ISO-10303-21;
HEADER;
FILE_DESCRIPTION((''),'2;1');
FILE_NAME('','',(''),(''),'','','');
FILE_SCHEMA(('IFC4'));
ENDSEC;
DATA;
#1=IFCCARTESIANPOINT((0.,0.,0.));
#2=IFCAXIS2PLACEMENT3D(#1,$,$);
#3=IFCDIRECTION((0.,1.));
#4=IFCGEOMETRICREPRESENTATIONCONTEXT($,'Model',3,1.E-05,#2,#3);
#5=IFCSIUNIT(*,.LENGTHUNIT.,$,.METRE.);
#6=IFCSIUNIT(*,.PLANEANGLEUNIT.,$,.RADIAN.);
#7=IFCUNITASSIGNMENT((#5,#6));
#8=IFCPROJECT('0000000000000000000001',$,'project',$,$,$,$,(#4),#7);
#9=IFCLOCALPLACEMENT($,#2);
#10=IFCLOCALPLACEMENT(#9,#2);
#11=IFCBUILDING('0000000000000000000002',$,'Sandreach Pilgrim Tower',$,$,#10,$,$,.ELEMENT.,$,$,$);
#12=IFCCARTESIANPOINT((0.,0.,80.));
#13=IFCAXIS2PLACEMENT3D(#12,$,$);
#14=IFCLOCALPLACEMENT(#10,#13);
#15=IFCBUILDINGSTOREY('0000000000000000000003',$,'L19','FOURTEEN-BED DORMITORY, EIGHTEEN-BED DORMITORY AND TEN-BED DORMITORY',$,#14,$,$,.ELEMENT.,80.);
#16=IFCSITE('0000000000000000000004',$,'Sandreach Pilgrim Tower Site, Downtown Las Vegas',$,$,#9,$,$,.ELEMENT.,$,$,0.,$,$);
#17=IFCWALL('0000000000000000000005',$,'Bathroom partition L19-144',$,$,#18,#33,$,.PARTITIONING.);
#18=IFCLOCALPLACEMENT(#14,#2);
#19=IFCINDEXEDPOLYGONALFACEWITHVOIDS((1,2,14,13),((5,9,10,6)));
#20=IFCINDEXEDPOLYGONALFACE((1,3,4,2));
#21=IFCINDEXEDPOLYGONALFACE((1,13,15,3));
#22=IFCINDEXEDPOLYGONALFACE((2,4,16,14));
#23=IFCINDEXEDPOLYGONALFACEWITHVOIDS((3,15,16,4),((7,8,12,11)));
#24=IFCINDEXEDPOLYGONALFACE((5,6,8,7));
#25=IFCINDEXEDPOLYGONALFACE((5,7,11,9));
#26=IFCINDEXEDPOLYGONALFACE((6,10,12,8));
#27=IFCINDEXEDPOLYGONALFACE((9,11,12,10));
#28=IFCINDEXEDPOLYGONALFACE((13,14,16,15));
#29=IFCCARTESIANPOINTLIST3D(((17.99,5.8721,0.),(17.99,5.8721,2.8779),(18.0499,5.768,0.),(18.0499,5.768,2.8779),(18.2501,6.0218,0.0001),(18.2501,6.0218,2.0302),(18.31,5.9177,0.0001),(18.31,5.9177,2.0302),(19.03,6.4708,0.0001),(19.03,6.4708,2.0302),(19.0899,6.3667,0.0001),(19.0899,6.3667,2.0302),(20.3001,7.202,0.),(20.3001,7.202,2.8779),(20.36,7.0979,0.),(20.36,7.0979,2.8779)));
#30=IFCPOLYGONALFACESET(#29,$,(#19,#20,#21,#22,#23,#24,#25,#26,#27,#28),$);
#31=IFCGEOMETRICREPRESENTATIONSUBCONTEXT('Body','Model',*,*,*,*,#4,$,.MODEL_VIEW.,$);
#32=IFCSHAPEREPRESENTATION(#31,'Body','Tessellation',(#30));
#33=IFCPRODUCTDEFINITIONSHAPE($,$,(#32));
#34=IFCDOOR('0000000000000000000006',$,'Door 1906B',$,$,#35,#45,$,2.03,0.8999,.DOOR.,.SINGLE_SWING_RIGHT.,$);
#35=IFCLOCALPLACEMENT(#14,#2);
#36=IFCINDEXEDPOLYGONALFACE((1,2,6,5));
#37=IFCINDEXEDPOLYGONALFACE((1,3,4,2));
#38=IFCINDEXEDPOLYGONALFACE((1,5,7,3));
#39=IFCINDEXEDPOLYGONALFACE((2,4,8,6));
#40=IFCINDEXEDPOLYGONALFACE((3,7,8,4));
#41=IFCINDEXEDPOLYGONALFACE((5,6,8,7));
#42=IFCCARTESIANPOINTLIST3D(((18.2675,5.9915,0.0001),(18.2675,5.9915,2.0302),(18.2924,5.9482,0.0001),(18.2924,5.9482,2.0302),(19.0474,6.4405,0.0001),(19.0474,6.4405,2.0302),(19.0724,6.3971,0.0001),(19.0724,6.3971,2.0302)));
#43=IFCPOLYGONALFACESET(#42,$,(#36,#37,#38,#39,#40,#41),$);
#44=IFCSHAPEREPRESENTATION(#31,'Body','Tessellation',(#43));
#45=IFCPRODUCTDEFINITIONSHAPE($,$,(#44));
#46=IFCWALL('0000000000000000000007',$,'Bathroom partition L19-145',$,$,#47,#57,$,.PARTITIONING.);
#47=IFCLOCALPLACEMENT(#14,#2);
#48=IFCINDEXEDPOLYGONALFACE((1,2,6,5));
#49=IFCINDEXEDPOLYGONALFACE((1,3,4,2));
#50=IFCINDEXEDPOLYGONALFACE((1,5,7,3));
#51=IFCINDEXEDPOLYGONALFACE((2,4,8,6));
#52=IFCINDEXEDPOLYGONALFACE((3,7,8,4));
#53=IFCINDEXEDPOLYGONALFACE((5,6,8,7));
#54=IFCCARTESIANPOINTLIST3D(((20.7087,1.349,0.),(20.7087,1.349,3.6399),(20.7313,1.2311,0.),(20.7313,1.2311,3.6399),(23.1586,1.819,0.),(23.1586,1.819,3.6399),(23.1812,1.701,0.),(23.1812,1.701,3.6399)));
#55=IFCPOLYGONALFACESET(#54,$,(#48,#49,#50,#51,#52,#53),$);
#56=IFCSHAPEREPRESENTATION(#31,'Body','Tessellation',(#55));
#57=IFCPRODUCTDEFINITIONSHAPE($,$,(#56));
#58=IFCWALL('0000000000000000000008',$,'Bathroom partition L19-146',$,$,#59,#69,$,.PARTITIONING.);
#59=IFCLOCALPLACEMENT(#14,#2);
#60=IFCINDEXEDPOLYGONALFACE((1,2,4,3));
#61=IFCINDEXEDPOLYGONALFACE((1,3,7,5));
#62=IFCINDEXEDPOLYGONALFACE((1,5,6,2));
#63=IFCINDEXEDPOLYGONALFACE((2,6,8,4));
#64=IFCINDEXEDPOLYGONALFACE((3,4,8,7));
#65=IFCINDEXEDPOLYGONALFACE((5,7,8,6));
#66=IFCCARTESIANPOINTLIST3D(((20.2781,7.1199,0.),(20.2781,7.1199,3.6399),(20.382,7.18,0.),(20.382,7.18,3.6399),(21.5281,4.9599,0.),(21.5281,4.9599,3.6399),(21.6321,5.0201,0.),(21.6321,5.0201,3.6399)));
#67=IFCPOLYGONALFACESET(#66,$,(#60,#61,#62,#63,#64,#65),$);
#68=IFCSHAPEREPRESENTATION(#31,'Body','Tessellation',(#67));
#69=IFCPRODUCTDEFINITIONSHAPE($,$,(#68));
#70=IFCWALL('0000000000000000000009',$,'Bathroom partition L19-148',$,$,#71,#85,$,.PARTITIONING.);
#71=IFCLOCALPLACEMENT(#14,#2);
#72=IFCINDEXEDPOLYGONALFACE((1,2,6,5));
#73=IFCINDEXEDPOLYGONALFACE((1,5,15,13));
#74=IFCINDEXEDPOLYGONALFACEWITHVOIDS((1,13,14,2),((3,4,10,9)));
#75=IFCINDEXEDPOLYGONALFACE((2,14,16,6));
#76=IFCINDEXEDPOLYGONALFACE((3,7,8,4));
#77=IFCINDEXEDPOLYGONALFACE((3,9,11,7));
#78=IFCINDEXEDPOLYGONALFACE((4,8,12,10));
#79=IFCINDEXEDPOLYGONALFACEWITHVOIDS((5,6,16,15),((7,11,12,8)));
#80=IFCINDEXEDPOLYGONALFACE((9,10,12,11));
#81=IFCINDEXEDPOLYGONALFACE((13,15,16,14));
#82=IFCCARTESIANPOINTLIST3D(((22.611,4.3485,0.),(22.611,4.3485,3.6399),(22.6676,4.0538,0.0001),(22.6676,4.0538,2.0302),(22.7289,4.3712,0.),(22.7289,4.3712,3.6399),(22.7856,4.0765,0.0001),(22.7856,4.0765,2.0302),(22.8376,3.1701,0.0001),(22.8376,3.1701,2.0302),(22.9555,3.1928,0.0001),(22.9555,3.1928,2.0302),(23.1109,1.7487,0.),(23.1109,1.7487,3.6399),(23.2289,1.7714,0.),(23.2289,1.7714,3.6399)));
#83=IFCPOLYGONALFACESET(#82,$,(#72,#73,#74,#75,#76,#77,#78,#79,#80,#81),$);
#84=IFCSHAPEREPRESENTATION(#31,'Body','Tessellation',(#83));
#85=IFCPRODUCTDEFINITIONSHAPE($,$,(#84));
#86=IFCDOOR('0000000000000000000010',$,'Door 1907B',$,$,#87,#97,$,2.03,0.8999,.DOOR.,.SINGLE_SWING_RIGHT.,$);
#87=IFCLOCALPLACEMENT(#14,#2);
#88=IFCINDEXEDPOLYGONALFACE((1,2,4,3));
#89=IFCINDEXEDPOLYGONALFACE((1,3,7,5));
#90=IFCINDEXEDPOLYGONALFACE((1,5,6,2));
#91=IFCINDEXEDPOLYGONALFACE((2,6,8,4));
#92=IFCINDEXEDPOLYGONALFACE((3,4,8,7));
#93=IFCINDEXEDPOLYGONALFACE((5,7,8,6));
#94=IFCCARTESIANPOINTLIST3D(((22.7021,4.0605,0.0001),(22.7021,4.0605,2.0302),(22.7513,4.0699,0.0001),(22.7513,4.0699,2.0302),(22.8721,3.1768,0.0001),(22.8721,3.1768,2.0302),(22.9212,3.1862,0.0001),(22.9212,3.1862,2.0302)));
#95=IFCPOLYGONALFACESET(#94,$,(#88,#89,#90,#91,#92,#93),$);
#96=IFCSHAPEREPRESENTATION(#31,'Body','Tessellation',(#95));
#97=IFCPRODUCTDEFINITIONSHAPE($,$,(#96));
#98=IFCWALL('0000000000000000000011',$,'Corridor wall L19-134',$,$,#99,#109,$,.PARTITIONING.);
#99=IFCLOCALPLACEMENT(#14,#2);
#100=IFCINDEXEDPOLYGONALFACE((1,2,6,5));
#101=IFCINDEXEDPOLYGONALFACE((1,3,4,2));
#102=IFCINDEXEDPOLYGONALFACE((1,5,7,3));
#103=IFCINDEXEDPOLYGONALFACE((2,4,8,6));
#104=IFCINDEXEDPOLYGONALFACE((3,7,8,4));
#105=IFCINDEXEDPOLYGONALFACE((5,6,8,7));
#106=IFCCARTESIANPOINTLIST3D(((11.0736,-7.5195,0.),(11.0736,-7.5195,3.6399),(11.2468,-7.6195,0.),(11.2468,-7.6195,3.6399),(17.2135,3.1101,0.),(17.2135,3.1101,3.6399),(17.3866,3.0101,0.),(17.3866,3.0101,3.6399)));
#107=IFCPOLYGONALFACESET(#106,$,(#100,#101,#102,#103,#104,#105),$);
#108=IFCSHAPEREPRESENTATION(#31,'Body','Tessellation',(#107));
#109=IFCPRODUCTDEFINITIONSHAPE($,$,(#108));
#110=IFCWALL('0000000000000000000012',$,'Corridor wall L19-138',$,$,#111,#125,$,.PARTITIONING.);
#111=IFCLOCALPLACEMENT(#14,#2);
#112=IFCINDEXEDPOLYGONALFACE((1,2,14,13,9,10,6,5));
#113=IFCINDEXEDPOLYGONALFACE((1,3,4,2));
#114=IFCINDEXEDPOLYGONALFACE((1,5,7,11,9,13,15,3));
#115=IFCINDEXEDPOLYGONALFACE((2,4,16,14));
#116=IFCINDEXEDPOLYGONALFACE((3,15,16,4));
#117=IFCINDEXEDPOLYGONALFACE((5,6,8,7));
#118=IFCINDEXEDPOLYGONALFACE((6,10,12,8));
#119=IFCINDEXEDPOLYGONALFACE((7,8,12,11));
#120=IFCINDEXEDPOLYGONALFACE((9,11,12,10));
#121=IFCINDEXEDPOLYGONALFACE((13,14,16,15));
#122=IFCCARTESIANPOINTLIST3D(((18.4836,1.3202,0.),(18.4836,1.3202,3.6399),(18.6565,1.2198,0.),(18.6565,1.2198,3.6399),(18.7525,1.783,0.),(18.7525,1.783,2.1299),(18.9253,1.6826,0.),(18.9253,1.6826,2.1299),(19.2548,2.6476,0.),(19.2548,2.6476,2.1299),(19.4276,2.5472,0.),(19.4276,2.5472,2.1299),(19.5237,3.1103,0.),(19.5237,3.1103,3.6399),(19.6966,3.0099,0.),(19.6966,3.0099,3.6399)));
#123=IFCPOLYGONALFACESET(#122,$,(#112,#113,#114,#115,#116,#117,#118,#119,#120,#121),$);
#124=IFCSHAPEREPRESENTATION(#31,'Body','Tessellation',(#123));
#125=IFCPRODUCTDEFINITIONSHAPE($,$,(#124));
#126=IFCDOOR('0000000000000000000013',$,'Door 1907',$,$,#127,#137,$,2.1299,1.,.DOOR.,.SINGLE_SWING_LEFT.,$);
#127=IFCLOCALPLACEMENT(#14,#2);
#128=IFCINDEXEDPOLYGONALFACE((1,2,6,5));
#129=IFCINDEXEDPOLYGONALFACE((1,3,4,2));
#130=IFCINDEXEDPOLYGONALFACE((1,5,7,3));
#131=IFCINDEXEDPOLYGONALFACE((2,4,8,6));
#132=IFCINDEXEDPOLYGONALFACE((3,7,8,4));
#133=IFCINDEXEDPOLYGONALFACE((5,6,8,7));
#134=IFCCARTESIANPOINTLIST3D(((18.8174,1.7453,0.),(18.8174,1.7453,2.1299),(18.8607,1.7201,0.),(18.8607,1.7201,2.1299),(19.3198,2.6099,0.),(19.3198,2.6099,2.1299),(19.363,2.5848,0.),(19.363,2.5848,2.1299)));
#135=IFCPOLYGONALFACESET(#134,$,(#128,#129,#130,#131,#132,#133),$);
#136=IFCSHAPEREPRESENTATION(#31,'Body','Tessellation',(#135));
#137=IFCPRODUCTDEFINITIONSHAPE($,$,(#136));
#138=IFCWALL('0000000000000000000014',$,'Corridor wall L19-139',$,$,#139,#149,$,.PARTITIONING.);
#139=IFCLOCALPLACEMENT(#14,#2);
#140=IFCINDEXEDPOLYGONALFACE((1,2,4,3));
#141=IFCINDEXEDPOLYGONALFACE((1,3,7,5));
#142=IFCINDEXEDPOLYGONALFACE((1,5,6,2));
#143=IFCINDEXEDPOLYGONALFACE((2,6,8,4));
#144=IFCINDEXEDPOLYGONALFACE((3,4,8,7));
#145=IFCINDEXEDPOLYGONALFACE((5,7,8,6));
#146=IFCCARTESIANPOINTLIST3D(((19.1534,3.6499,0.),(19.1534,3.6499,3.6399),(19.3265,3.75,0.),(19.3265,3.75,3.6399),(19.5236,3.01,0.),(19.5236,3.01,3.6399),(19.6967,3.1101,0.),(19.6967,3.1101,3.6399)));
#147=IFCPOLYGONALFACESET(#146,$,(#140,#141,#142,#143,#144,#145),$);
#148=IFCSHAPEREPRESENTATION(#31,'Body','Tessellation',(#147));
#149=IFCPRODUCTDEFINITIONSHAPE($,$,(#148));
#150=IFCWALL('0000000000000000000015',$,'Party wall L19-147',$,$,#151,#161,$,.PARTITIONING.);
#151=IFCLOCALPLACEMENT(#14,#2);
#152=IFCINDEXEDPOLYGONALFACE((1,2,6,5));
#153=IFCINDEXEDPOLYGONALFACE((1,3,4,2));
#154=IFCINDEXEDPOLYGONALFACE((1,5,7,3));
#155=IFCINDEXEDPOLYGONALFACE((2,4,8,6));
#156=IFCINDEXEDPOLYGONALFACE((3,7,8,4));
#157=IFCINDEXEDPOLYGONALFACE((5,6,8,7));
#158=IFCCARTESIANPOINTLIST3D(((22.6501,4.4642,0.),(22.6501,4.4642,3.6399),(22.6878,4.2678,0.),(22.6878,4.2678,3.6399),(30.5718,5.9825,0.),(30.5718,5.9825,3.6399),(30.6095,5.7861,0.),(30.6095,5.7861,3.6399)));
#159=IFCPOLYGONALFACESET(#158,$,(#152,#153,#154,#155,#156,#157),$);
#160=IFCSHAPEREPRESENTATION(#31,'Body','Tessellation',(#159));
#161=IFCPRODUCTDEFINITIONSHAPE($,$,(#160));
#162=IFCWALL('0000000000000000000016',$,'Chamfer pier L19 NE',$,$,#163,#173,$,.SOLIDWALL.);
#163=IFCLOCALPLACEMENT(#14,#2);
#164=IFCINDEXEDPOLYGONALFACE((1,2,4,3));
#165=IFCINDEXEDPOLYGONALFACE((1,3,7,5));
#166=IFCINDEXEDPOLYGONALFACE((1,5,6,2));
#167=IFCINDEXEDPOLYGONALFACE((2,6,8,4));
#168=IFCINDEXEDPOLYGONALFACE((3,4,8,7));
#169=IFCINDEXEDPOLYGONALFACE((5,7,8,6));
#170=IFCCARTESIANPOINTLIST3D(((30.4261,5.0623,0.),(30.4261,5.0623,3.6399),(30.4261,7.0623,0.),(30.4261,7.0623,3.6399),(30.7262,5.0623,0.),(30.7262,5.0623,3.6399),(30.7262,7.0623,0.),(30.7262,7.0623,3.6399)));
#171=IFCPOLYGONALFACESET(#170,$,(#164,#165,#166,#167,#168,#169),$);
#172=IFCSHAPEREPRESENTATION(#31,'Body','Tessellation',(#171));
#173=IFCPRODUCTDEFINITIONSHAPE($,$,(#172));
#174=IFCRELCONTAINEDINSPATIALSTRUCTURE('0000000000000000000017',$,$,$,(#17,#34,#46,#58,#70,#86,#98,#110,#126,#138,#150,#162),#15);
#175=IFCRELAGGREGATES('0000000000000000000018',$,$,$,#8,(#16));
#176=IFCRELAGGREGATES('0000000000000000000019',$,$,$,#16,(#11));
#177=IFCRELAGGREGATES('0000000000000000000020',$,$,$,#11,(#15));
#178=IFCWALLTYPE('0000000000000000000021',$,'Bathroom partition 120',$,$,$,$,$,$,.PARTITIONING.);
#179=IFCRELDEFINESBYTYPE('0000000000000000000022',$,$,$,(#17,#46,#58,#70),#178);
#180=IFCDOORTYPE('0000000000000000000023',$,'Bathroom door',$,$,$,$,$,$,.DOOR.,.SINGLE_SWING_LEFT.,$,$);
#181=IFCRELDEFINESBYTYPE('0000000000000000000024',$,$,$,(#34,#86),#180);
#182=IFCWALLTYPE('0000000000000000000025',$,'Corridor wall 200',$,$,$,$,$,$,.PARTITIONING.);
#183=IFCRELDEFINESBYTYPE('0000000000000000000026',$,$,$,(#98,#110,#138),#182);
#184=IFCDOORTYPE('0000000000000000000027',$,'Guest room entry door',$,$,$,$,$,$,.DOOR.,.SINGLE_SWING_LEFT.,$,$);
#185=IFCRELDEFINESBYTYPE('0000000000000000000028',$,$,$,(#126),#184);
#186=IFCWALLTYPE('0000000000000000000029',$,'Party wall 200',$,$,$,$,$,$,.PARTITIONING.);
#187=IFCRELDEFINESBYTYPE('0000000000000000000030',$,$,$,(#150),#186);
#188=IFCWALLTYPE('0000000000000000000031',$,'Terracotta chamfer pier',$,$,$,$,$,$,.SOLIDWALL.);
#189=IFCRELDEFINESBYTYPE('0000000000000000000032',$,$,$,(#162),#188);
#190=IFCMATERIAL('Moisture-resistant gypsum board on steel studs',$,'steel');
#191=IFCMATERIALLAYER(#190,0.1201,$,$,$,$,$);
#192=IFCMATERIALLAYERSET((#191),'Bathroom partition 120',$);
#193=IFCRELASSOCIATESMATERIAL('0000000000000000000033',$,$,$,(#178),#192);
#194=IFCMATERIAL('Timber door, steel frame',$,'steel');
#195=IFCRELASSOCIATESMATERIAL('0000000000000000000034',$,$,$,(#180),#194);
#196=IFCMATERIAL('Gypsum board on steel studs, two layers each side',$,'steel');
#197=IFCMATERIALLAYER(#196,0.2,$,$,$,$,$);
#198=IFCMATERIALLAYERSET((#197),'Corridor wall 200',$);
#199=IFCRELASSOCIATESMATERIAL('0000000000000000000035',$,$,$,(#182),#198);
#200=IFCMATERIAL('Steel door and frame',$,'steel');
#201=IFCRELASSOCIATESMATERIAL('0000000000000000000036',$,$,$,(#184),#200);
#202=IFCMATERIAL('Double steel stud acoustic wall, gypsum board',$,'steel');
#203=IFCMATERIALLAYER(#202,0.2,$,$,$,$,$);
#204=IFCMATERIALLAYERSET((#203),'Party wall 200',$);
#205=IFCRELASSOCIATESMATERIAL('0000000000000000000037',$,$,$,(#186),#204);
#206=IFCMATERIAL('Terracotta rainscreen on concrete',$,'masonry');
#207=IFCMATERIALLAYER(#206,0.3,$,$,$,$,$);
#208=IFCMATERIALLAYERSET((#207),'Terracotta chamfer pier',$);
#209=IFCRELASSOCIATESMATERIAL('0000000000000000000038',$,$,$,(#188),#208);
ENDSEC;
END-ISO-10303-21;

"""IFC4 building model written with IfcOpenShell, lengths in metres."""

from ifc_helpers import new_model, si_unit, direction, frame, frame_2d, origin, place, context, subcontext, project, spatial, rectangle, extrude, material, layer, layer_set, type_object, element, fill, save


model = new_model("IFC4")

# Units and contexts
model_context = context("Model", 3, precision=1e-05, world=origin(), true_north=direction((0.0, 1.0)))
body_context = subcontext(model_context, "Body", "Model", "MODEL_VIEW")
ifc_project = project(units=[si_unit("LENGTHUNIT", "METRE"), si_unit("PLANEANGLEUNIT", "RADIAN")], contexts=[model_context])

# Site, building, storey
site_placement = place(None, origin())
site = spatial("IfcSite", under=ifc_project, at=site_placement, Name="Sandreach Pilgrim Tower Site, Downtown Las Vegas", CompositionType="ELEMENT", RefElevation=0.0)
building_placement = place(site_placement, origin())
building = spatial("IfcBuilding", under=site, at=building_placement, Name="Sandreach Pilgrim Tower", CompositionType="ELEMENT")
storey_placement = place(building_placement, frame((0.0, 0.0, 80.0)))
storey = spatial("IfcBuildingStorey", under=building, at=storey_placement, Name="L19", Description="FOURTEEN-BED DORMITORY, EIGHTEEN-BED DORMITORY AND TEN-BED DORMITORY", CompositionType="ELEMENT", Elevation=80.0)

# Shared definitions
ifc_material_1 = material(Name="Moisture-resistant gypsum board on steel studs", Category="steel")
ifc_layer_1 = layer(ifc_material_1, 0.1201)
ifc_layer_set_1 = layer_set([ifc_layer_1], Name="Bathroom partition 120")
wall_type_1 = type_object("IfcWallType", Name="Bathroom partition 120", PredefinedType="PARTITIONING", material=ifc_layer_set_1)

# Wall, opening, door
wall_1_placement = place(storey_placement, frame((20.3301, 7.1499, 0.0), z_axis=(0.0, 0.0, 1.0), x_axis=(-0.866655, -0.498908, 0.0)))
wall_1 = element("IfcWall", 1, at=wall_1_placement, inside=storey, type_object=wall_type_1, Name="Bathroom partition L19-144", PredefinedType="PARTITIONING", context=body_context, shape_type="SweptSolid", body=[
    extrude(rectangle(XDim=2.6655, YDim=0.1201, at=frame_2d((1.3328, 0.0))), origin(), (0.0, 0.0, 1.0), 2.8779),
])
opening_1_placement = place(wall_1_placement, frame((1.4656, 0.0, 0.0)))
opening_1 = element("IfcOpeningElement", 2, at=opening_1_placement, cuts=wall_1, PredefinedType="OPENING", context=body_context, shape_type="SweptSolid", body=[
    extrude(rectangle(XDim=0.8999, YDim=2.03, at=frame_2d((0.45, 1.0151))), frame((0.0, 0.0601, 0.0), z_axis=(0.0, -1.0, 0.0), x_axis=(1.0, 0.0, 0.0)), (0.0, 0.0, 1.0), 0.1201),
])
ifc_material_2 = material(Name="Timber door, steel frame", Category="steel")
door_type_1 = type_object("IfcDoorType", Name="Bathroom door", OperationType="SINGLE_SWING_LEFT", PredefinedType="DOOR", material=ifc_material_2)
door_1_placement = place(opening_1_placement, origin())
door_1 = element("IfcDoor", 3, at=door_1_placement, inside=storey, type_object=door_type_1, Name="Door 1906B", OperationType="SINGLE_SWING_RIGHT", OverallHeight=2.03, OverallWidth=0.8999, PredefinedType="DOOR", context=body_context, shape_type="SweptSolid", body=[
    extrude(rectangle(XDim=0.8999, YDim=2.03, at=frame_2d((0.45, 1.0151))), frame((0.0, 0.0249, 0.0), z_axis=(0.0, -1.0, 0.0), x_axis=(1.0, 0.0, 0.0)), (0.0, 0.0, 1.0), 0.05),
])
fill(opening_1, door_1)

# Walls
wall_2_placement = place(storey_placement, frame((20.72, 1.29, 0.0), z_axis=(0.0, 0.0, 1.0), x_axis=(0.982094, 0.188394, 0.0)))
element("IfcWall", 4, at=wall_2_placement, inside=storey, type_object=wall_type_1, Name="Bathroom partition L19-145", PredefinedType="PARTITIONING", context=body_context, shape_type="SweptSolid", body=[
    extrude(rectangle(XDim=2.4946, YDim=0.1201, at=frame_2d((1.2473, 0.0))), origin(), (0.0, 0.0, 1.0), 3.6399),
])
wall_3_placement = place(storey_placement, frame((21.5801, 4.99, 0.0), z_axis=(0.0, 0.0, 1.0), x_axis=(-0.500894, 0.865509, 0.0)))
element("IfcWall", 5, at=wall_3_placement, inside=storey, type_object=wall_type_1, Name="Bathroom partition L19-146", PredefinedType="PARTITIONING", context=body_context, shape_type="SweptSolid", body=[
    extrude(rectangle(XDim=2.4956, YDim=0.1201, at=frame_2d((1.2478, 0.0))), origin(), (0.0, 0.0, 1.0), 3.6399),
])

# Wall, opening, door
wall_4_placement = place(storey_placement, frame((23.1699, 1.76, 0.0), z_axis=(0.0, 0.0, 1.0), x_axis=(-0.188858, 0.982004, 0.0)))
wall_4 = element("IfcWall", 6, at=wall_4_placement, inside=storey, type_object=wall_type_1, Name="Bathroom partition L19-148", PredefinedType="PARTITIONING", context=body_context, shape_type="SweptSolid", body=[
    extrude(rectangle(XDim=2.6475, YDim=0.1201, at=frame_2d((1.3237, 0.0))), origin(), (0.0, 0.0, 1.0), 3.6399),
])
opening_2_placement = place(wall_4_placement, frame((1.4475, 0.0, 0.0)))
opening_2 = element("IfcOpeningElement", 7, at=opening_2_placement, cuts=wall_4, PredefinedType="OPENING", context=body_context, shape_type="SweptSolid", body=[
    extrude(rectangle(XDim=0.8999, YDim=2.03, at=frame_2d((0.45, 1.0151))), frame((0.0, 0.0601, 0.0), z_axis=(0.0, -1.0, 0.0), x_axis=(1.0, 0.0, 0.0)), (0.0, 0.0, 1.0), 0.1201),
])
door_2_placement = place(opening_2_placement, origin())
door_2 = element("IfcDoor", 8, at=door_2_placement, inside=storey, type_object=door_type_1, Name="Door 1907B", OperationType="SINGLE_SWING_RIGHT", OverallHeight=2.03, OverallWidth=0.8999, PredefinedType="DOOR", context=body_context, shape_type="SweptSolid", body=[
    extrude(rectangle(XDim=0.8999, YDim=2.03, at=frame_2d((0.45, 1.0151))), frame((0.0, 0.0249, 0.0), z_axis=(0.0, -1.0, 0.0), x_axis=(1.0, 0.0, 0.0)), (0.0, 0.0, 1.0), 0.05),
])
fill(opening_2, door_2)
ifc_material_3 = material(Name="Gypsum board on steel studs, two layers each side", Category="steel")
ifc_layer_2 = layer(ifc_material_3, 0.2)
ifc_layer_set_2 = layer_set([ifc_layer_2], Name="Corridor wall 200")
wall_type_2 = type_object("IfcWallType", Name="Corridor wall 200", PredefinedType="PARTITIONING", material=ifc_layer_set_2)
ifc_material_4 = material(Name="Steel door and frame", Category="steel")
door_type_2 = type_object("IfcDoorType", Name="Guest room entry door", OperationType="SINGLE_SWING_LEFT", PredefinedType="DOOR", material=ifc_material_4)

# Wall
wall_5_placement = place(storey_placement, frame((17.3, 3.0601, 0.0), z_axis=(0.0, 0.0, 1.0), x_axis=(-0.500175, -0.865924, 0.0)))
element("IfcWall", 9, at=wall_5_placement, inside=storey, type_object=wall_type_2, Name="Corridor wall L19-134", PredefinedType="PARTITIONING", context=body_context, shape_type="SweptSolid", body=[
    extrude(rectangle(XDim=12.2754, YDim=0.2, at=frame_2d((6.1377, 0.0))), origin(), (0.0, 0.0, 1.0), 3.6399),
])

# Wall, opening, door
wall_6_placement = place(storey_placement, frame((18.5701, 1.27, 0.0), z_axis=(0.0, 0.0, 1.0), x_axis=(0.502374, 0.86465, 0.0)))
wall_6 = element("IfcWall", 10, at=wall_6_placement, inside=storey, type_object=wall_type_2, Name="Corridor wall L19-138", PredefinedType="PARTITIONING", context=body_context, shape_type="SweptSolid", body=[
    extrude(rectangle(XDim=2.0703, YDim=0.2, at=frame_2d((1.0352, 0.0))), origin(), (0.0, 0.0, 1.0), 3.6399),
])
opening_3_placement = place(wall_6_placement, frame((0.5352, 0.0, 0.0)))
opening_3 = element("IfcOpeningElement", 11, at=opening_3_placement, cuts=wall_6, PredefinedType="OPENING", context=body_context, shape_type="SweptSolid", body=[
    extrude(rectangle(XDim=1.0, YDim=2.1299, at=frame_2d((0.5, 1.0649))), frame((0.0, 0.1001, 0.0), z_axis=(0.0, -1.0, 0.0), x_axis=(1.0, 0.0, 0.0)), (0.0, 0.0, 1.0), 0.2),
])
door_3_placement = place(opening_3_placement, origin())
door_3 = element("IfcDoor", 12, at=door_3_placement, inside=storey, type_object=door_type_2, Name="Door 1907", OperationType="SINGLE_SWING_LEFT", OverallHeight=2.1299, OverallWidth=1.0, PredefinedType="DOOR", context=body_context, shape_type="SweptSolid", body=[
    extrude(rectangle(XDim=1.0, YDim=2.1299, at=frame_2d((0.5, 1.0649))), frame((0.0, 0.0249, 0.0), z_axis=(0.0, -1.0, 0.0), x_axis=(1.0, 0.0, 0.0)), (0.0, 0.0, 1.0), 0.05),
])
fill(opening_3, door_3)

# Walls
wall_7_placement = place(storey_placement, frame((19.24, 3.7, 0.0), z_axis=(0.0, 0.0, 1.0), x_axis=(0.500685, -0.86563, 0.0)))
element("IfcWall", 13, at=wall_7_placement, inside=storey, type_object=wall_type_2, Name="Corridor wall L19-139", PredefinedType="PARTITIONING", context=body_context, shape_type="SweptSolid", body=[
    extrude(rectangle(XDim=0.7393, YDim=0.2, at=frame_2d((0.3696, 0.0))), origin(), (0.0, 0.0, 1.0), 3.6399),
])
ifc_material_5 = material(Name="Double steel stud acoustic wall, gypsum board", Category="steel")
ifc_layer_3 = layer(ifc_material_5, 0.2)
ifc_layer_set_3 = layer_set([ifc_layer_3], Name="Party wall 200")
wall_type_3 = type_object("IfcWallType", Name="Party wall 200", PredefinedType="PARTITIONING", material=ifc_layer_set_3)
wall_8_placement = place(storey_placement, frame((22.6689, 4.366, 0.0), z_axis=(0.0, 0.0, 1.0), x_axis=(0.982123, 0.18824, 0.0)))
element("IfcWall", 14, at=wall_8_placement, inside=storey, type_object=wall_type_3, Name="Party wall L19-147", PredefinedType="PARTITIONING", context=body_context, shape_type="SweptSolid", body=[
    extrude(rectangle(XDim=8.0659, YDim=0.2, at=frame_2d((4.033, 0.0))), origin(), (0.0, 0.0, 1.0), 3.6399),
])
ifc_material_6 = material(Name="Terracotta rainscreen on concrete", Category="masonry")
ifc_layer_4 = layer(ifc_material_6, 0.3)
ifc_layer_set_4 = layer_set([ifc_layer_4], Name="Terracotta chamfer pier")
wall_type_4 = type_object("IfcWallType", Name="Terracotta chamfer pier", PredefinedType="SOLIDWALL", material=ifc_layer_set_4)
wall_9_placement = place(storey_placement, frame((30.5762, 7.0623, 0.0), z_axis=(0.0, 0.0, 1.0), x_axis=(0.0, -1.0, 0.0)))
element("IfcWall", 15, at=wall_9_placement, inside=storey, type_object=wall_type_4, Name="Chamfer pier L19 NE", PredefinedType="SOLIDWALL", context=body_context, shape_type="SweptSolid", body=[
    extrude(rectangle(XDim=2.0, YDim=0.3, at=frame_2d((1.0, 0.0))), origin(), (0.0, 0.0, 1.0), 3.6399),
])

save(model, "model.ifc")
